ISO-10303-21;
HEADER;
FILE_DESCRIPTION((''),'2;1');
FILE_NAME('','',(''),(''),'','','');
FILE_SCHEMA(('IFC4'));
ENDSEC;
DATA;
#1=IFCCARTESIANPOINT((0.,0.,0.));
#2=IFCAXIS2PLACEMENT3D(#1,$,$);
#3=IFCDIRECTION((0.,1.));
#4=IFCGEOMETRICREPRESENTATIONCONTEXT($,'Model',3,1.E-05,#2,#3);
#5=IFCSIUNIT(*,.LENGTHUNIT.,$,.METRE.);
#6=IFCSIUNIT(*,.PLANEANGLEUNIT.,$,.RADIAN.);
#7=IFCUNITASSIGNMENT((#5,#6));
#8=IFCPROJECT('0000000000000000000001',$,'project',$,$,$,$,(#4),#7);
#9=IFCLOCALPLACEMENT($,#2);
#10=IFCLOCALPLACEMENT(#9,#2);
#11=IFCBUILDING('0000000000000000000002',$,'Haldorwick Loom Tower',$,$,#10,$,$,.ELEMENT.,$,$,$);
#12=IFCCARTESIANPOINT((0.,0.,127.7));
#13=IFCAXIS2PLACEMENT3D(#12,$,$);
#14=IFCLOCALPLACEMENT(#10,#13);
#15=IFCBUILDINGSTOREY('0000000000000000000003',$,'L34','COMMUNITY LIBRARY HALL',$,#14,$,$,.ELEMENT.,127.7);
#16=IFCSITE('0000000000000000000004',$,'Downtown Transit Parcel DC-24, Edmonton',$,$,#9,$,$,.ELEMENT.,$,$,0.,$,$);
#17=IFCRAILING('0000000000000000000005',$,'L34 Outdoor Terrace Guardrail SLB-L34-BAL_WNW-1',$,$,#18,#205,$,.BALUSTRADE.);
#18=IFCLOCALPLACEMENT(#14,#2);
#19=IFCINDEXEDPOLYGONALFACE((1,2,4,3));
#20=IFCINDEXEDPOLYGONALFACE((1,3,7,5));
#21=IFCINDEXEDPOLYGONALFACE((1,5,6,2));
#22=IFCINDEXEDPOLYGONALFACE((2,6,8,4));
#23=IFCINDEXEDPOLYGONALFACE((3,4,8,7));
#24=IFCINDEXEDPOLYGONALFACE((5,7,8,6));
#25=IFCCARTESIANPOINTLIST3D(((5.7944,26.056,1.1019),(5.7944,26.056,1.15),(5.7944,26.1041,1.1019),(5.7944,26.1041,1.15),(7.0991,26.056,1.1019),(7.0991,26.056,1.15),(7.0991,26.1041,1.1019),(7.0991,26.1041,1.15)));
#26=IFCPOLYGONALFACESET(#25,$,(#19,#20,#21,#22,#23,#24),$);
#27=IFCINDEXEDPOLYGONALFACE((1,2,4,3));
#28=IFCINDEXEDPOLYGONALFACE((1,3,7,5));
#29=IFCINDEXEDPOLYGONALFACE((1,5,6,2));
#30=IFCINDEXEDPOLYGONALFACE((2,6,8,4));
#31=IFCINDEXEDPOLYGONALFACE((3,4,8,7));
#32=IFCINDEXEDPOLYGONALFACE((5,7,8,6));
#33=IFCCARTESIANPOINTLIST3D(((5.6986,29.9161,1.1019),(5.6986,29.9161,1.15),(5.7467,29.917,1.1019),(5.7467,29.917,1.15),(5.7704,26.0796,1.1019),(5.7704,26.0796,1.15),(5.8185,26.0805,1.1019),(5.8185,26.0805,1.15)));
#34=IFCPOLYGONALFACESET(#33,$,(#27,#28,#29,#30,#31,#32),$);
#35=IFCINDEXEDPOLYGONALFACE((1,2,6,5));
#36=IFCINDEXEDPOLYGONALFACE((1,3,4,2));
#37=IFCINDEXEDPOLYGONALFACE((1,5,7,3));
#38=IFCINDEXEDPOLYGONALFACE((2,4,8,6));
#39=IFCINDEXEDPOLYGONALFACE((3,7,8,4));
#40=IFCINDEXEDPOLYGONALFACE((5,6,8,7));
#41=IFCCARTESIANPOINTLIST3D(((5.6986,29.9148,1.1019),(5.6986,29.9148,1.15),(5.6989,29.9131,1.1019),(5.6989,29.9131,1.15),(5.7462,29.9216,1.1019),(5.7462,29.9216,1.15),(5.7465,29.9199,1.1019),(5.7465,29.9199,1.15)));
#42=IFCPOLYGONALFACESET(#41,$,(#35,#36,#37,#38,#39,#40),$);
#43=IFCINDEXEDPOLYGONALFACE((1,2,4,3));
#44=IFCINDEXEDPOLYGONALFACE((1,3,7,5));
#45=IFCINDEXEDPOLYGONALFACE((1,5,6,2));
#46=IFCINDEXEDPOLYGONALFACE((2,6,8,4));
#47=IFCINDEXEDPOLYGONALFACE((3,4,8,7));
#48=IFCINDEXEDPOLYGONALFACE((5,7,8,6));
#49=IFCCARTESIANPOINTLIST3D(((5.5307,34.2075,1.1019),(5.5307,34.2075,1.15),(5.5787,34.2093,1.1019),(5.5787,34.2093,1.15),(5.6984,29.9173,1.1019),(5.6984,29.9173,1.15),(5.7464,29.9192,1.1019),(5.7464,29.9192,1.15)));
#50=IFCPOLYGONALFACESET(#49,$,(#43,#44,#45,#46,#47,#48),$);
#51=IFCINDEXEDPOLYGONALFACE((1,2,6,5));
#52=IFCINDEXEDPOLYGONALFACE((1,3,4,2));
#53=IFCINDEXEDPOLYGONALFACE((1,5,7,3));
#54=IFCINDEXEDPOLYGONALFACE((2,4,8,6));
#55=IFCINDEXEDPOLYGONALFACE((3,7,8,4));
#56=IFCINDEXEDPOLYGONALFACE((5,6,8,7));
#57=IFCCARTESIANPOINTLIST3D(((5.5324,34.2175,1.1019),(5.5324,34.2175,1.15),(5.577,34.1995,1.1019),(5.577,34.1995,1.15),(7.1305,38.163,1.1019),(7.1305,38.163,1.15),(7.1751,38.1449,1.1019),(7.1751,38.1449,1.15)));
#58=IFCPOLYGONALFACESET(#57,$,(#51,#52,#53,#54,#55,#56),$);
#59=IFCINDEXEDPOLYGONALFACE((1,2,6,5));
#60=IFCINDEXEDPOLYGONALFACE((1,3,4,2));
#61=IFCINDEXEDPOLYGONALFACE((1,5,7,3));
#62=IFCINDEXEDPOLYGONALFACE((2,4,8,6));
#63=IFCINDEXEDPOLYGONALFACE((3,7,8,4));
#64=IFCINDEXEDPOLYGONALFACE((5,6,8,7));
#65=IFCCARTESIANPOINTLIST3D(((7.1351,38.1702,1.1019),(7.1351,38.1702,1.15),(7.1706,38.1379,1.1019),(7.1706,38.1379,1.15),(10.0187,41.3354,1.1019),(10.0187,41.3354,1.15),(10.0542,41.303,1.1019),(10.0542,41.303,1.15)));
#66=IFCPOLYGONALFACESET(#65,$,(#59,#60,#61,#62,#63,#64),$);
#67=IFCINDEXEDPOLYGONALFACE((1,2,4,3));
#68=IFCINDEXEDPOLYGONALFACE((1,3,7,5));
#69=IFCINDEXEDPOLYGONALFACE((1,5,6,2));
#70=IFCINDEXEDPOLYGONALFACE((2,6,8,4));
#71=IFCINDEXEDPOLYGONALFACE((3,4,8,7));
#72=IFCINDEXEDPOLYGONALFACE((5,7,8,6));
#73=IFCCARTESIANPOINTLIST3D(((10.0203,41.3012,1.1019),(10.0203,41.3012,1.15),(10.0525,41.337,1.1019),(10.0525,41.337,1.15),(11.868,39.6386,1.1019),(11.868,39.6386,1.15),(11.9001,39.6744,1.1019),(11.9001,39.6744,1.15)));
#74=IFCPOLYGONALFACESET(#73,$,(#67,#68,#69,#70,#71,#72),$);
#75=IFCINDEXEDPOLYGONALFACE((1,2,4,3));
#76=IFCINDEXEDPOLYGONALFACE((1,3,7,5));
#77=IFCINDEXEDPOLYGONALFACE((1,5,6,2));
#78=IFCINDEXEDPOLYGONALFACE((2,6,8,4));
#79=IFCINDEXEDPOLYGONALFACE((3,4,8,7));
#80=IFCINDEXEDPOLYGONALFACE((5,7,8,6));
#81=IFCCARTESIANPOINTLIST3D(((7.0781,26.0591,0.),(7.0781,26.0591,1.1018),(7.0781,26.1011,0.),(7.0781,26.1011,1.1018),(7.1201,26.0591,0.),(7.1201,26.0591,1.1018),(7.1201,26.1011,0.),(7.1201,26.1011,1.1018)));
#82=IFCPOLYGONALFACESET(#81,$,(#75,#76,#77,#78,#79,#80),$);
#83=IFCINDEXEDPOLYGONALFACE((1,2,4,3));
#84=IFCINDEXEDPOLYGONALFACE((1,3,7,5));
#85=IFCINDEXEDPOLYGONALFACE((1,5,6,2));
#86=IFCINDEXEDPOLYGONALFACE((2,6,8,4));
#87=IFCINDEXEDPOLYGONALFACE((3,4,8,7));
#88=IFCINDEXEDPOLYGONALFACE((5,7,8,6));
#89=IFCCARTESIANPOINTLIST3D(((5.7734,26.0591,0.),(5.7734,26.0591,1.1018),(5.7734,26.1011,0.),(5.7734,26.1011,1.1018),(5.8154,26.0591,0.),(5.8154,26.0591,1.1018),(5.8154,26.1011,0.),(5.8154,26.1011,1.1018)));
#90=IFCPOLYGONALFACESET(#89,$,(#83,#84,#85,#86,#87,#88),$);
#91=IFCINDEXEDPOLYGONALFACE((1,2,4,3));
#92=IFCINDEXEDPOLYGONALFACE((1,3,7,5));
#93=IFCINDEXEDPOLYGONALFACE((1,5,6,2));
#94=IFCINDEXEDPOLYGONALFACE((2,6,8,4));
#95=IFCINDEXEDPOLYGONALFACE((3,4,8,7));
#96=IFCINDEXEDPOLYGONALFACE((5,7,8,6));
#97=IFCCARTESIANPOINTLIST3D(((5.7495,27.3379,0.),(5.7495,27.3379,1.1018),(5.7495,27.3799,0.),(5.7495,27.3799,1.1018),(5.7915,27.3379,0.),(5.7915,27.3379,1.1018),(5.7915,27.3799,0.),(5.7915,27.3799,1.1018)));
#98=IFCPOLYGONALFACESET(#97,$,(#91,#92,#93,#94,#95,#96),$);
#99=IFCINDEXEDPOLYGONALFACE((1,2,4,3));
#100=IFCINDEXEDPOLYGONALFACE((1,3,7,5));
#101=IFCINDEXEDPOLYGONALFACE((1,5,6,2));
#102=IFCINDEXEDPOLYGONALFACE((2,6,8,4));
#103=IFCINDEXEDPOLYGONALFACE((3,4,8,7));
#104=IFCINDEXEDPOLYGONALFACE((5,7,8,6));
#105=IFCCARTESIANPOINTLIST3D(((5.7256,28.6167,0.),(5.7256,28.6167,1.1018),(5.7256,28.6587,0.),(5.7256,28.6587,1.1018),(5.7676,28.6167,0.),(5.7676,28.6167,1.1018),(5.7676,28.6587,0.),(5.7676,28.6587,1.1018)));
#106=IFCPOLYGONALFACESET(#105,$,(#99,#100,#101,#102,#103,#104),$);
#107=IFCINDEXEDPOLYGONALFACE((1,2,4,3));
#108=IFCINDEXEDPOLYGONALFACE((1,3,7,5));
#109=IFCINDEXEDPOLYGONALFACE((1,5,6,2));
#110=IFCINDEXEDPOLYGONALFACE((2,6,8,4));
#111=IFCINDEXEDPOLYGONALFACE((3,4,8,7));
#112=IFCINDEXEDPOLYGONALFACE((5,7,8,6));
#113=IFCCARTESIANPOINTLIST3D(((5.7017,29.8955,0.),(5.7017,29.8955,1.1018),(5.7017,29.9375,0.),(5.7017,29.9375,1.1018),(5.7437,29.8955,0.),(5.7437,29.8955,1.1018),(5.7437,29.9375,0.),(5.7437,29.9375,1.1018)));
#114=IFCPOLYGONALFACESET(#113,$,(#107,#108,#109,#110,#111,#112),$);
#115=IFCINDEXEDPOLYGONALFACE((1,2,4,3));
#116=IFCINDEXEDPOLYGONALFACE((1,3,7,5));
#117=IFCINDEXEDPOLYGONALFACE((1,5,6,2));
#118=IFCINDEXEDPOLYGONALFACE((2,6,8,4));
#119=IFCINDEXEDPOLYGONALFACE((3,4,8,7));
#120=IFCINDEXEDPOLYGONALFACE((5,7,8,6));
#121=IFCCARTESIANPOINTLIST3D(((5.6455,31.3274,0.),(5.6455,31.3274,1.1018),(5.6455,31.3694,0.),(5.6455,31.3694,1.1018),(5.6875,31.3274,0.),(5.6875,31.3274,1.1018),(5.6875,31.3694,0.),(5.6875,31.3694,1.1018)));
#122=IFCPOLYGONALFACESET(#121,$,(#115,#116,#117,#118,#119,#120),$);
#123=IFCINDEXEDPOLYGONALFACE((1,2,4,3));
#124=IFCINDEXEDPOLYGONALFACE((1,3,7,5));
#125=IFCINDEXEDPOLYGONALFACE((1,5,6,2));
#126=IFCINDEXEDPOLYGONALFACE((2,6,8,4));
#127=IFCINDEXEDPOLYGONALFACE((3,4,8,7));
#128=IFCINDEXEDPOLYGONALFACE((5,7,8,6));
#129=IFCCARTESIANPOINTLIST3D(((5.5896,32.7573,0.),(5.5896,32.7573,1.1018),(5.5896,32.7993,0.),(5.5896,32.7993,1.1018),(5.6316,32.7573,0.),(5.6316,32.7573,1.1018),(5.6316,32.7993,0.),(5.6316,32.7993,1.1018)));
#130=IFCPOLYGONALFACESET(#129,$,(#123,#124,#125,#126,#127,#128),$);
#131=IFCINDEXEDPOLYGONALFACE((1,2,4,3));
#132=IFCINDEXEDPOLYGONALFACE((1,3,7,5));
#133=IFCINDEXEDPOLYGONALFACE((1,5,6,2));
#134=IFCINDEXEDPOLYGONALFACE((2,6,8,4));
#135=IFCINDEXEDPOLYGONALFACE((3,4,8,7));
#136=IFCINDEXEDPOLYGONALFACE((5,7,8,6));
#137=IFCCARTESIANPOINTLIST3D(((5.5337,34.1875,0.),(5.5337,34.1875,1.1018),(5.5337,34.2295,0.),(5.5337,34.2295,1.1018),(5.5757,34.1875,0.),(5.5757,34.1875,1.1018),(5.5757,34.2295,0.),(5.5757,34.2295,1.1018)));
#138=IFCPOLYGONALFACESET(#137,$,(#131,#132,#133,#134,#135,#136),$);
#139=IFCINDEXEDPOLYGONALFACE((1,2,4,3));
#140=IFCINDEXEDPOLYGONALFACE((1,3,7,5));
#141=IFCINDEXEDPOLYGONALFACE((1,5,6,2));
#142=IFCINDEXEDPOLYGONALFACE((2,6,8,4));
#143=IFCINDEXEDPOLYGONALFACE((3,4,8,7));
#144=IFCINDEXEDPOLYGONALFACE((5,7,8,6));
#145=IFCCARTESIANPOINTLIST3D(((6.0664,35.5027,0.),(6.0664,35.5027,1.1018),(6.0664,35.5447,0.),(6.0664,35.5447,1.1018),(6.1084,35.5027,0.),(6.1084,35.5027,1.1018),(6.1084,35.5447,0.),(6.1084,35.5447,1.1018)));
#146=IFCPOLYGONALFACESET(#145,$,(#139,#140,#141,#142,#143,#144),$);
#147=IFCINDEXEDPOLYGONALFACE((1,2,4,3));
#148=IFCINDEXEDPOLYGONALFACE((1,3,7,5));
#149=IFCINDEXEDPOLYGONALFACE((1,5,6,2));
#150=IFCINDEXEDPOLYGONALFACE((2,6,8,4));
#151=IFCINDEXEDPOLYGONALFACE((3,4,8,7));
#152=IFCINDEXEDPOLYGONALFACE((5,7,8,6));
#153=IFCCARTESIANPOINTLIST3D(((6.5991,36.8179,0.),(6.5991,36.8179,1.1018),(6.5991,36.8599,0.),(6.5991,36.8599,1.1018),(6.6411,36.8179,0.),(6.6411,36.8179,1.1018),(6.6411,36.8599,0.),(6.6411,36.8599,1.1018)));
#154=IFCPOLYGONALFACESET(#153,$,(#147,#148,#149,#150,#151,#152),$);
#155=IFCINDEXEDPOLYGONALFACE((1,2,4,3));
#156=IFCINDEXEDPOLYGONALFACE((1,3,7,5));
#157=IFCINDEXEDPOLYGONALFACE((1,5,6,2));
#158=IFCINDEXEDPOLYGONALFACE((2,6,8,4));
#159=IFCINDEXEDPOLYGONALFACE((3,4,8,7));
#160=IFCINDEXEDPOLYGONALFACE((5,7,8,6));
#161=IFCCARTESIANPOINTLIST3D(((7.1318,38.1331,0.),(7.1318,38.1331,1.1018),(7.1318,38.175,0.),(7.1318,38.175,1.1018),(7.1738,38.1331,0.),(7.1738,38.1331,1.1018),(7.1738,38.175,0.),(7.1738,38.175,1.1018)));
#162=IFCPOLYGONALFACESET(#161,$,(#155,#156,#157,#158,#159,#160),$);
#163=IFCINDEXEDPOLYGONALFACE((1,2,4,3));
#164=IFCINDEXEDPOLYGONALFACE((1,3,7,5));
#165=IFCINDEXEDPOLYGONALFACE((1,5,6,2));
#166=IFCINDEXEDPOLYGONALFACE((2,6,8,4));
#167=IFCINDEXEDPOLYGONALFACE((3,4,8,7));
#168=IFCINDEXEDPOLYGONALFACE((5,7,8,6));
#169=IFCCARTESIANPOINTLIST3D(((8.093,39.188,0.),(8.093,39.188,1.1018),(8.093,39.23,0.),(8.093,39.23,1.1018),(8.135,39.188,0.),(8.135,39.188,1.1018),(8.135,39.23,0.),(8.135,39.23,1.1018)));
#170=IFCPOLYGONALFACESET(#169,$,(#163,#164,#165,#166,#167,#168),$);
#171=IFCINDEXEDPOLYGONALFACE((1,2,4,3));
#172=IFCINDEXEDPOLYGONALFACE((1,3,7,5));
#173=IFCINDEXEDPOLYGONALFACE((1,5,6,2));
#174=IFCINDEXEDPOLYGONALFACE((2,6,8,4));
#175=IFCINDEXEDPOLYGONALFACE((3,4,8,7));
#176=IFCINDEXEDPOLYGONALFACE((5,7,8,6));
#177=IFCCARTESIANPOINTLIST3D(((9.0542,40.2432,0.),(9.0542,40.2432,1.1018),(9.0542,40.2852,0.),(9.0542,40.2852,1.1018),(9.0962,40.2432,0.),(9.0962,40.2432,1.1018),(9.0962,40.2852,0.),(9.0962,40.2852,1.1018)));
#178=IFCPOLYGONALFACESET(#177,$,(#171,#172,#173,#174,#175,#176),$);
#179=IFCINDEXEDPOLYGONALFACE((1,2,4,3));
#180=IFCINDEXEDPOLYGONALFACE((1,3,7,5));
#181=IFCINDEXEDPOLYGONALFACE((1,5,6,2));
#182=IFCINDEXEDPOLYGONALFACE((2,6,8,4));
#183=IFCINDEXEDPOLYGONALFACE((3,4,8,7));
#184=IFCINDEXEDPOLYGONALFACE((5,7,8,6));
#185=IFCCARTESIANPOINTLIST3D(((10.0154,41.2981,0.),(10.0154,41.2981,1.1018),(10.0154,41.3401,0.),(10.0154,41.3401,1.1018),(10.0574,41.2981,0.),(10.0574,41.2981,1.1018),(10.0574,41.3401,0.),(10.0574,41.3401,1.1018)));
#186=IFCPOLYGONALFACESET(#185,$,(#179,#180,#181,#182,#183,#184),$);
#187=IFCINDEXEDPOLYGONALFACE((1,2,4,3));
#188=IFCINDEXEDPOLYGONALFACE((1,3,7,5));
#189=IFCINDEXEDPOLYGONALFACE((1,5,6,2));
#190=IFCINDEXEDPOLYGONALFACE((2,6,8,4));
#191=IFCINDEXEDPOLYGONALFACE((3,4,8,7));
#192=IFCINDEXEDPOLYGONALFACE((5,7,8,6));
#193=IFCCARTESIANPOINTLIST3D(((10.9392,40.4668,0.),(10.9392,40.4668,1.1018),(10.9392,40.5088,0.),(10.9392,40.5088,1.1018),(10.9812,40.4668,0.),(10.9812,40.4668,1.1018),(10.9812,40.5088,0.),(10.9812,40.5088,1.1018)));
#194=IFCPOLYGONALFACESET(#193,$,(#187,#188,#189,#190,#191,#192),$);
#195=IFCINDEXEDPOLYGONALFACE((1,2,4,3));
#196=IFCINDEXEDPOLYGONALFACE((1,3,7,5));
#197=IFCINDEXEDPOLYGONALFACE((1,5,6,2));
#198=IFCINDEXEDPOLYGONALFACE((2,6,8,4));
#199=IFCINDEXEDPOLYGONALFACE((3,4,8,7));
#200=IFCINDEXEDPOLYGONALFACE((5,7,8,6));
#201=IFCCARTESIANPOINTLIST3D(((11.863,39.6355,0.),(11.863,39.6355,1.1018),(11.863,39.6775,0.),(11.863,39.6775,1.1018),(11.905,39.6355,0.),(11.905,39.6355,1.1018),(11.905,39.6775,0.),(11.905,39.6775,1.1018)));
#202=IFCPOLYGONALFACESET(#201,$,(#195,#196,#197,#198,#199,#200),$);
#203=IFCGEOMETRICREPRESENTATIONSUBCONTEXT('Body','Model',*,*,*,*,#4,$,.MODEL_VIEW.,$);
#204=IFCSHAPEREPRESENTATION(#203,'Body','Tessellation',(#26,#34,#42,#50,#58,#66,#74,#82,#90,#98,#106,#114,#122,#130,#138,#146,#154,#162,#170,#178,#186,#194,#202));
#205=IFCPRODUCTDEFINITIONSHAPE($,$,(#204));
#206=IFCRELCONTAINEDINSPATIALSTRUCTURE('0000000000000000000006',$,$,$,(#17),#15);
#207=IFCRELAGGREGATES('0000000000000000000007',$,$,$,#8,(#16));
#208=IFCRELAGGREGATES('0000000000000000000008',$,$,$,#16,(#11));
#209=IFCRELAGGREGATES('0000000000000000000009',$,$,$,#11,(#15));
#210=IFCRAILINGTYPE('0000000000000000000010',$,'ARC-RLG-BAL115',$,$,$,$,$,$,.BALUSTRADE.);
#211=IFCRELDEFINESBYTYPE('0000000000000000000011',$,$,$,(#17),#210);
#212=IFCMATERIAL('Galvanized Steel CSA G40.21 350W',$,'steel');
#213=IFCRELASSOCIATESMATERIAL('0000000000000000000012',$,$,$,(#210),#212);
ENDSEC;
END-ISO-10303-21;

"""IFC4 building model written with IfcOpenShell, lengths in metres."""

from ifc_helpers import new_model, si_unit, direction, frame, origin, origin_2d, place, context, subcontext, project, spatial, rectangle, extrude, material, type_object, element, save


model = new_model("IFC4")

# Units and contexts
model_context = context("Model", 3, precision=1e-05, world=origin(), true_north=direction((0.0, 1.0)))
body_context = subcontext(model_context, "Body", "Model", "MODEL_VIEW")
ifc_project = project(units=[si_unit("LENGTHUNIT", "METRE"), si_unit("PLANEANGLEUNIT", "RADIAN")], contexts=[model_context])

# Site, building, storey
site_placement = place(None, origin())
site = spatial("IfcSite", under=ifc_project, at=site_placement, Name="Downtown Transit Parcel DC-24, Edmonton", CompositionType="ELEMENT", RefElevation=0.0)
building_placement = place(site_placement, origin())
building = spatial("IfcBuilding", under=site, at=building_placement, Name="Haldorwick Loom Tower", CompositionType="ELEMENT")
storey_placement = place(building_placement, frame((0.0, 0.0, 127.7)))
storey = spatial("IfcBuildingStorey", under=building, at=storey_placement, Name="L34", Description="COMMUNITY LIBRARY HALL", CompositionType="ELEMENT", Elevation=127.7)

# Railing
ifc_material_1 = material(Name="Galvanized Steel CSA G40.21 350W", Category="steel")
railing_type = type_object("IfcRailingType", Name="ARC-RLG-BAL115", PredefinedType="BALUSTRADE", material=ifc_material_1)
railing_placement = place(storey_placement, frame((7.0991, 26.0801, 0.0)))
element("IfcRailing", 1, at=railing_placement, inside=storey, type_object=railing_type, Name="L34 Outdoor Terrace Guardrail SLB-L34-BAL_WNW-1", PredefinedType="BALUSTRADE", context=body_context, shape_type="SweptSolid", body=[
    extrude(rectangle(XDim=0.0481, YDim=0.0481, at=origin_2d()), frame((0.0, 0.0, 1.126), z_axis=(-1.0, 0.0, 0.0), x_axis=(0.0, -1.0, 0.0)), (0.0, 0.0, 1.0), 1.3047),
    extrude(rectangle(XDim=0.0481, YDim=0.0481, at=origin_2d()), frame((-1.3047, 0.0, 1.126), z_axis=(-0.018706, 0.999825, 0.0), x_axis=(-0.999825, -0.018706, 0.0)), (0.0, 0.0, 1.0), 3.8372),
    extrude(rectangle(XDim=0.0481, YDim=0.0481, at=origin_2d()), frame((-1.3765, 3.8364, 1.126), z_axis=(-0.141421, 0.989949, 0.0), x_axis=(-0.989949, -0.141421, 0.0)), (0.0, 0.0, 1.0), 0.0017),
    extrude(rectangle(XDim=0.0481, YDim=0.0481, at=origin_2d()), frame((-1.3767, 3.8381, 1.126), z_axis=(-0.039064, 0.999237, 0.0), x_axis=(-0.999237, -0.039064, 0.0)), (0.0, 0.0, 1.0), 4.2935),
    extrude(rectangle(XDim=0.0481, YDim=0.0481, at=origin_2d()), frame((-1.5444, 8.1284, 1.126), z_axis=(0.375422, 0.926854, 0.0), x_axis=(-0.926854, 0.375422, 0.0)), (0.0, 0.0, 1.0), 4.2568),
    extrude(rectangle(XDim=0.0481, YDim=0.0481, at=origin_2d()), frame((0.0537, 12.074, 1.126), z_axis=(0.67347, 0.739215, 0.0), x_axis=(-0.739215, 0.67347, 0.0)), (0.0, 0.0, 1.0), 4.2817),
    extrude(rectangle(XDim=0.0481, YDim=0.0481, at=origin_2d()), frame((2.9373, 15.239, 1.126), z_axis=(0.743353, -0.6689, 0.0), x_axis=(0.6689, 0.743353, 0.0)), (0.0, 0.0, 1.0), 2.4856),
    extrude(rectangle(XDim=0.042, YDim=0.042, at=origin_2d()), origin(), (0.0, 0.0, 1.0), 1.1018),
    extrude(rectangle(XDim=0.042, YDim=0.042, at=origin_2d()), frame((-1.3047, 0.0, 0.0)), (0.0, 0.0, 1.0), 1.1018),
    extrude(rectangle(XDim=0.042, YDim=0.042, at=origin_2d()), frame((-1.3286, 1.2788, 0.0)), (0.0, 0.0, 1.0), 1.1018),
    extrude(rectangle(XDim=0.042, YDim=0.042, at=origin_2d()), frame((-1.3525, 2.5576, 0.0)), (0.0, 0.0, 1.0), 1.1018),
    extrude(rectangle(XDim=0.042, YDim=0.042, at=origin_2d()), frame((-1.3765, 3.8364, 0.0)), (0.0, 0.0, 1.0), 1.1018),
    extrude(rectangle(XDim=0.042, YDim=0.042, at=origin_2d()), frame((-1.4326, 5.2683, 0.0)), (0.0, 0.0, 1.0), 1.1018),
    extrude(rectangle(XDim=0.042, YDim=0.042, at=origin_2d()), frame((-1.4885, 6.6982, 0.0)), (0.0, 0.0, 1.0), 1.1018),
    extrude(rectangle(XDim=0.042, YDim=0.042, at=origin_2d()), frame((-1.5444, 8.1284, 0.0)), (0.0, 0.0, 1.0), 1.1018),
    extrude(rectangle(XDim=0.042, YDim=0.042, at=origin_2d()), frame((-1.0117, 9.4436, 0.0)), (0.0, 0.0, 1.0), 1.1018),
    extrude(rectangle(XDim=0.042, YDim=0.042, at=origin_2d()), frame((-0.479, 10.7588, 0.0)), (0.0, 0.0, 1.0), 1.1018),
    extrude(rectangle(XDim=0.042, YDim=0.042, at=origin_2d()), frame((0.0537, 12.074, 0.0)), (0.0, 0.0, 1.0), 1.1018),
    extrude(rectangle(XDim=0.042, YDim=0.042, at=origin_2d()), frame((1.0149, 13.1289, 0.0)), (0.0, 0.0, 1.0), 1.1018),
    extrude(rectangle(XDim=0.042, YDim=0.042, at=origin_2d()), frame((1.9761, 14.1841, 0.0)), (0.0, 0.0, 1.0), 1.1018),
    extrude(rectangle(XDim=0.042, YDim=0.042, at=origin_2d()), frame((2.9373, 15.239, 0.0)), (0.0, 0.0, 1.0), 1.1018),
    extrude(rectangle(XDim=0.042, YDim=0.042, at=origin_2d()), frame((3.8611, 14.4077, 0.0)), (0.0, 0.0, 1.0), 1.1018),
    extrude(rectangle(XDim=0.042, YDim=0.042, at=origin_2d()), frame((4.7849, 13.5764, 0.0)), (0.0, 0.0, 1.0), 1.1018),
])

save(model, "model.ifc")
